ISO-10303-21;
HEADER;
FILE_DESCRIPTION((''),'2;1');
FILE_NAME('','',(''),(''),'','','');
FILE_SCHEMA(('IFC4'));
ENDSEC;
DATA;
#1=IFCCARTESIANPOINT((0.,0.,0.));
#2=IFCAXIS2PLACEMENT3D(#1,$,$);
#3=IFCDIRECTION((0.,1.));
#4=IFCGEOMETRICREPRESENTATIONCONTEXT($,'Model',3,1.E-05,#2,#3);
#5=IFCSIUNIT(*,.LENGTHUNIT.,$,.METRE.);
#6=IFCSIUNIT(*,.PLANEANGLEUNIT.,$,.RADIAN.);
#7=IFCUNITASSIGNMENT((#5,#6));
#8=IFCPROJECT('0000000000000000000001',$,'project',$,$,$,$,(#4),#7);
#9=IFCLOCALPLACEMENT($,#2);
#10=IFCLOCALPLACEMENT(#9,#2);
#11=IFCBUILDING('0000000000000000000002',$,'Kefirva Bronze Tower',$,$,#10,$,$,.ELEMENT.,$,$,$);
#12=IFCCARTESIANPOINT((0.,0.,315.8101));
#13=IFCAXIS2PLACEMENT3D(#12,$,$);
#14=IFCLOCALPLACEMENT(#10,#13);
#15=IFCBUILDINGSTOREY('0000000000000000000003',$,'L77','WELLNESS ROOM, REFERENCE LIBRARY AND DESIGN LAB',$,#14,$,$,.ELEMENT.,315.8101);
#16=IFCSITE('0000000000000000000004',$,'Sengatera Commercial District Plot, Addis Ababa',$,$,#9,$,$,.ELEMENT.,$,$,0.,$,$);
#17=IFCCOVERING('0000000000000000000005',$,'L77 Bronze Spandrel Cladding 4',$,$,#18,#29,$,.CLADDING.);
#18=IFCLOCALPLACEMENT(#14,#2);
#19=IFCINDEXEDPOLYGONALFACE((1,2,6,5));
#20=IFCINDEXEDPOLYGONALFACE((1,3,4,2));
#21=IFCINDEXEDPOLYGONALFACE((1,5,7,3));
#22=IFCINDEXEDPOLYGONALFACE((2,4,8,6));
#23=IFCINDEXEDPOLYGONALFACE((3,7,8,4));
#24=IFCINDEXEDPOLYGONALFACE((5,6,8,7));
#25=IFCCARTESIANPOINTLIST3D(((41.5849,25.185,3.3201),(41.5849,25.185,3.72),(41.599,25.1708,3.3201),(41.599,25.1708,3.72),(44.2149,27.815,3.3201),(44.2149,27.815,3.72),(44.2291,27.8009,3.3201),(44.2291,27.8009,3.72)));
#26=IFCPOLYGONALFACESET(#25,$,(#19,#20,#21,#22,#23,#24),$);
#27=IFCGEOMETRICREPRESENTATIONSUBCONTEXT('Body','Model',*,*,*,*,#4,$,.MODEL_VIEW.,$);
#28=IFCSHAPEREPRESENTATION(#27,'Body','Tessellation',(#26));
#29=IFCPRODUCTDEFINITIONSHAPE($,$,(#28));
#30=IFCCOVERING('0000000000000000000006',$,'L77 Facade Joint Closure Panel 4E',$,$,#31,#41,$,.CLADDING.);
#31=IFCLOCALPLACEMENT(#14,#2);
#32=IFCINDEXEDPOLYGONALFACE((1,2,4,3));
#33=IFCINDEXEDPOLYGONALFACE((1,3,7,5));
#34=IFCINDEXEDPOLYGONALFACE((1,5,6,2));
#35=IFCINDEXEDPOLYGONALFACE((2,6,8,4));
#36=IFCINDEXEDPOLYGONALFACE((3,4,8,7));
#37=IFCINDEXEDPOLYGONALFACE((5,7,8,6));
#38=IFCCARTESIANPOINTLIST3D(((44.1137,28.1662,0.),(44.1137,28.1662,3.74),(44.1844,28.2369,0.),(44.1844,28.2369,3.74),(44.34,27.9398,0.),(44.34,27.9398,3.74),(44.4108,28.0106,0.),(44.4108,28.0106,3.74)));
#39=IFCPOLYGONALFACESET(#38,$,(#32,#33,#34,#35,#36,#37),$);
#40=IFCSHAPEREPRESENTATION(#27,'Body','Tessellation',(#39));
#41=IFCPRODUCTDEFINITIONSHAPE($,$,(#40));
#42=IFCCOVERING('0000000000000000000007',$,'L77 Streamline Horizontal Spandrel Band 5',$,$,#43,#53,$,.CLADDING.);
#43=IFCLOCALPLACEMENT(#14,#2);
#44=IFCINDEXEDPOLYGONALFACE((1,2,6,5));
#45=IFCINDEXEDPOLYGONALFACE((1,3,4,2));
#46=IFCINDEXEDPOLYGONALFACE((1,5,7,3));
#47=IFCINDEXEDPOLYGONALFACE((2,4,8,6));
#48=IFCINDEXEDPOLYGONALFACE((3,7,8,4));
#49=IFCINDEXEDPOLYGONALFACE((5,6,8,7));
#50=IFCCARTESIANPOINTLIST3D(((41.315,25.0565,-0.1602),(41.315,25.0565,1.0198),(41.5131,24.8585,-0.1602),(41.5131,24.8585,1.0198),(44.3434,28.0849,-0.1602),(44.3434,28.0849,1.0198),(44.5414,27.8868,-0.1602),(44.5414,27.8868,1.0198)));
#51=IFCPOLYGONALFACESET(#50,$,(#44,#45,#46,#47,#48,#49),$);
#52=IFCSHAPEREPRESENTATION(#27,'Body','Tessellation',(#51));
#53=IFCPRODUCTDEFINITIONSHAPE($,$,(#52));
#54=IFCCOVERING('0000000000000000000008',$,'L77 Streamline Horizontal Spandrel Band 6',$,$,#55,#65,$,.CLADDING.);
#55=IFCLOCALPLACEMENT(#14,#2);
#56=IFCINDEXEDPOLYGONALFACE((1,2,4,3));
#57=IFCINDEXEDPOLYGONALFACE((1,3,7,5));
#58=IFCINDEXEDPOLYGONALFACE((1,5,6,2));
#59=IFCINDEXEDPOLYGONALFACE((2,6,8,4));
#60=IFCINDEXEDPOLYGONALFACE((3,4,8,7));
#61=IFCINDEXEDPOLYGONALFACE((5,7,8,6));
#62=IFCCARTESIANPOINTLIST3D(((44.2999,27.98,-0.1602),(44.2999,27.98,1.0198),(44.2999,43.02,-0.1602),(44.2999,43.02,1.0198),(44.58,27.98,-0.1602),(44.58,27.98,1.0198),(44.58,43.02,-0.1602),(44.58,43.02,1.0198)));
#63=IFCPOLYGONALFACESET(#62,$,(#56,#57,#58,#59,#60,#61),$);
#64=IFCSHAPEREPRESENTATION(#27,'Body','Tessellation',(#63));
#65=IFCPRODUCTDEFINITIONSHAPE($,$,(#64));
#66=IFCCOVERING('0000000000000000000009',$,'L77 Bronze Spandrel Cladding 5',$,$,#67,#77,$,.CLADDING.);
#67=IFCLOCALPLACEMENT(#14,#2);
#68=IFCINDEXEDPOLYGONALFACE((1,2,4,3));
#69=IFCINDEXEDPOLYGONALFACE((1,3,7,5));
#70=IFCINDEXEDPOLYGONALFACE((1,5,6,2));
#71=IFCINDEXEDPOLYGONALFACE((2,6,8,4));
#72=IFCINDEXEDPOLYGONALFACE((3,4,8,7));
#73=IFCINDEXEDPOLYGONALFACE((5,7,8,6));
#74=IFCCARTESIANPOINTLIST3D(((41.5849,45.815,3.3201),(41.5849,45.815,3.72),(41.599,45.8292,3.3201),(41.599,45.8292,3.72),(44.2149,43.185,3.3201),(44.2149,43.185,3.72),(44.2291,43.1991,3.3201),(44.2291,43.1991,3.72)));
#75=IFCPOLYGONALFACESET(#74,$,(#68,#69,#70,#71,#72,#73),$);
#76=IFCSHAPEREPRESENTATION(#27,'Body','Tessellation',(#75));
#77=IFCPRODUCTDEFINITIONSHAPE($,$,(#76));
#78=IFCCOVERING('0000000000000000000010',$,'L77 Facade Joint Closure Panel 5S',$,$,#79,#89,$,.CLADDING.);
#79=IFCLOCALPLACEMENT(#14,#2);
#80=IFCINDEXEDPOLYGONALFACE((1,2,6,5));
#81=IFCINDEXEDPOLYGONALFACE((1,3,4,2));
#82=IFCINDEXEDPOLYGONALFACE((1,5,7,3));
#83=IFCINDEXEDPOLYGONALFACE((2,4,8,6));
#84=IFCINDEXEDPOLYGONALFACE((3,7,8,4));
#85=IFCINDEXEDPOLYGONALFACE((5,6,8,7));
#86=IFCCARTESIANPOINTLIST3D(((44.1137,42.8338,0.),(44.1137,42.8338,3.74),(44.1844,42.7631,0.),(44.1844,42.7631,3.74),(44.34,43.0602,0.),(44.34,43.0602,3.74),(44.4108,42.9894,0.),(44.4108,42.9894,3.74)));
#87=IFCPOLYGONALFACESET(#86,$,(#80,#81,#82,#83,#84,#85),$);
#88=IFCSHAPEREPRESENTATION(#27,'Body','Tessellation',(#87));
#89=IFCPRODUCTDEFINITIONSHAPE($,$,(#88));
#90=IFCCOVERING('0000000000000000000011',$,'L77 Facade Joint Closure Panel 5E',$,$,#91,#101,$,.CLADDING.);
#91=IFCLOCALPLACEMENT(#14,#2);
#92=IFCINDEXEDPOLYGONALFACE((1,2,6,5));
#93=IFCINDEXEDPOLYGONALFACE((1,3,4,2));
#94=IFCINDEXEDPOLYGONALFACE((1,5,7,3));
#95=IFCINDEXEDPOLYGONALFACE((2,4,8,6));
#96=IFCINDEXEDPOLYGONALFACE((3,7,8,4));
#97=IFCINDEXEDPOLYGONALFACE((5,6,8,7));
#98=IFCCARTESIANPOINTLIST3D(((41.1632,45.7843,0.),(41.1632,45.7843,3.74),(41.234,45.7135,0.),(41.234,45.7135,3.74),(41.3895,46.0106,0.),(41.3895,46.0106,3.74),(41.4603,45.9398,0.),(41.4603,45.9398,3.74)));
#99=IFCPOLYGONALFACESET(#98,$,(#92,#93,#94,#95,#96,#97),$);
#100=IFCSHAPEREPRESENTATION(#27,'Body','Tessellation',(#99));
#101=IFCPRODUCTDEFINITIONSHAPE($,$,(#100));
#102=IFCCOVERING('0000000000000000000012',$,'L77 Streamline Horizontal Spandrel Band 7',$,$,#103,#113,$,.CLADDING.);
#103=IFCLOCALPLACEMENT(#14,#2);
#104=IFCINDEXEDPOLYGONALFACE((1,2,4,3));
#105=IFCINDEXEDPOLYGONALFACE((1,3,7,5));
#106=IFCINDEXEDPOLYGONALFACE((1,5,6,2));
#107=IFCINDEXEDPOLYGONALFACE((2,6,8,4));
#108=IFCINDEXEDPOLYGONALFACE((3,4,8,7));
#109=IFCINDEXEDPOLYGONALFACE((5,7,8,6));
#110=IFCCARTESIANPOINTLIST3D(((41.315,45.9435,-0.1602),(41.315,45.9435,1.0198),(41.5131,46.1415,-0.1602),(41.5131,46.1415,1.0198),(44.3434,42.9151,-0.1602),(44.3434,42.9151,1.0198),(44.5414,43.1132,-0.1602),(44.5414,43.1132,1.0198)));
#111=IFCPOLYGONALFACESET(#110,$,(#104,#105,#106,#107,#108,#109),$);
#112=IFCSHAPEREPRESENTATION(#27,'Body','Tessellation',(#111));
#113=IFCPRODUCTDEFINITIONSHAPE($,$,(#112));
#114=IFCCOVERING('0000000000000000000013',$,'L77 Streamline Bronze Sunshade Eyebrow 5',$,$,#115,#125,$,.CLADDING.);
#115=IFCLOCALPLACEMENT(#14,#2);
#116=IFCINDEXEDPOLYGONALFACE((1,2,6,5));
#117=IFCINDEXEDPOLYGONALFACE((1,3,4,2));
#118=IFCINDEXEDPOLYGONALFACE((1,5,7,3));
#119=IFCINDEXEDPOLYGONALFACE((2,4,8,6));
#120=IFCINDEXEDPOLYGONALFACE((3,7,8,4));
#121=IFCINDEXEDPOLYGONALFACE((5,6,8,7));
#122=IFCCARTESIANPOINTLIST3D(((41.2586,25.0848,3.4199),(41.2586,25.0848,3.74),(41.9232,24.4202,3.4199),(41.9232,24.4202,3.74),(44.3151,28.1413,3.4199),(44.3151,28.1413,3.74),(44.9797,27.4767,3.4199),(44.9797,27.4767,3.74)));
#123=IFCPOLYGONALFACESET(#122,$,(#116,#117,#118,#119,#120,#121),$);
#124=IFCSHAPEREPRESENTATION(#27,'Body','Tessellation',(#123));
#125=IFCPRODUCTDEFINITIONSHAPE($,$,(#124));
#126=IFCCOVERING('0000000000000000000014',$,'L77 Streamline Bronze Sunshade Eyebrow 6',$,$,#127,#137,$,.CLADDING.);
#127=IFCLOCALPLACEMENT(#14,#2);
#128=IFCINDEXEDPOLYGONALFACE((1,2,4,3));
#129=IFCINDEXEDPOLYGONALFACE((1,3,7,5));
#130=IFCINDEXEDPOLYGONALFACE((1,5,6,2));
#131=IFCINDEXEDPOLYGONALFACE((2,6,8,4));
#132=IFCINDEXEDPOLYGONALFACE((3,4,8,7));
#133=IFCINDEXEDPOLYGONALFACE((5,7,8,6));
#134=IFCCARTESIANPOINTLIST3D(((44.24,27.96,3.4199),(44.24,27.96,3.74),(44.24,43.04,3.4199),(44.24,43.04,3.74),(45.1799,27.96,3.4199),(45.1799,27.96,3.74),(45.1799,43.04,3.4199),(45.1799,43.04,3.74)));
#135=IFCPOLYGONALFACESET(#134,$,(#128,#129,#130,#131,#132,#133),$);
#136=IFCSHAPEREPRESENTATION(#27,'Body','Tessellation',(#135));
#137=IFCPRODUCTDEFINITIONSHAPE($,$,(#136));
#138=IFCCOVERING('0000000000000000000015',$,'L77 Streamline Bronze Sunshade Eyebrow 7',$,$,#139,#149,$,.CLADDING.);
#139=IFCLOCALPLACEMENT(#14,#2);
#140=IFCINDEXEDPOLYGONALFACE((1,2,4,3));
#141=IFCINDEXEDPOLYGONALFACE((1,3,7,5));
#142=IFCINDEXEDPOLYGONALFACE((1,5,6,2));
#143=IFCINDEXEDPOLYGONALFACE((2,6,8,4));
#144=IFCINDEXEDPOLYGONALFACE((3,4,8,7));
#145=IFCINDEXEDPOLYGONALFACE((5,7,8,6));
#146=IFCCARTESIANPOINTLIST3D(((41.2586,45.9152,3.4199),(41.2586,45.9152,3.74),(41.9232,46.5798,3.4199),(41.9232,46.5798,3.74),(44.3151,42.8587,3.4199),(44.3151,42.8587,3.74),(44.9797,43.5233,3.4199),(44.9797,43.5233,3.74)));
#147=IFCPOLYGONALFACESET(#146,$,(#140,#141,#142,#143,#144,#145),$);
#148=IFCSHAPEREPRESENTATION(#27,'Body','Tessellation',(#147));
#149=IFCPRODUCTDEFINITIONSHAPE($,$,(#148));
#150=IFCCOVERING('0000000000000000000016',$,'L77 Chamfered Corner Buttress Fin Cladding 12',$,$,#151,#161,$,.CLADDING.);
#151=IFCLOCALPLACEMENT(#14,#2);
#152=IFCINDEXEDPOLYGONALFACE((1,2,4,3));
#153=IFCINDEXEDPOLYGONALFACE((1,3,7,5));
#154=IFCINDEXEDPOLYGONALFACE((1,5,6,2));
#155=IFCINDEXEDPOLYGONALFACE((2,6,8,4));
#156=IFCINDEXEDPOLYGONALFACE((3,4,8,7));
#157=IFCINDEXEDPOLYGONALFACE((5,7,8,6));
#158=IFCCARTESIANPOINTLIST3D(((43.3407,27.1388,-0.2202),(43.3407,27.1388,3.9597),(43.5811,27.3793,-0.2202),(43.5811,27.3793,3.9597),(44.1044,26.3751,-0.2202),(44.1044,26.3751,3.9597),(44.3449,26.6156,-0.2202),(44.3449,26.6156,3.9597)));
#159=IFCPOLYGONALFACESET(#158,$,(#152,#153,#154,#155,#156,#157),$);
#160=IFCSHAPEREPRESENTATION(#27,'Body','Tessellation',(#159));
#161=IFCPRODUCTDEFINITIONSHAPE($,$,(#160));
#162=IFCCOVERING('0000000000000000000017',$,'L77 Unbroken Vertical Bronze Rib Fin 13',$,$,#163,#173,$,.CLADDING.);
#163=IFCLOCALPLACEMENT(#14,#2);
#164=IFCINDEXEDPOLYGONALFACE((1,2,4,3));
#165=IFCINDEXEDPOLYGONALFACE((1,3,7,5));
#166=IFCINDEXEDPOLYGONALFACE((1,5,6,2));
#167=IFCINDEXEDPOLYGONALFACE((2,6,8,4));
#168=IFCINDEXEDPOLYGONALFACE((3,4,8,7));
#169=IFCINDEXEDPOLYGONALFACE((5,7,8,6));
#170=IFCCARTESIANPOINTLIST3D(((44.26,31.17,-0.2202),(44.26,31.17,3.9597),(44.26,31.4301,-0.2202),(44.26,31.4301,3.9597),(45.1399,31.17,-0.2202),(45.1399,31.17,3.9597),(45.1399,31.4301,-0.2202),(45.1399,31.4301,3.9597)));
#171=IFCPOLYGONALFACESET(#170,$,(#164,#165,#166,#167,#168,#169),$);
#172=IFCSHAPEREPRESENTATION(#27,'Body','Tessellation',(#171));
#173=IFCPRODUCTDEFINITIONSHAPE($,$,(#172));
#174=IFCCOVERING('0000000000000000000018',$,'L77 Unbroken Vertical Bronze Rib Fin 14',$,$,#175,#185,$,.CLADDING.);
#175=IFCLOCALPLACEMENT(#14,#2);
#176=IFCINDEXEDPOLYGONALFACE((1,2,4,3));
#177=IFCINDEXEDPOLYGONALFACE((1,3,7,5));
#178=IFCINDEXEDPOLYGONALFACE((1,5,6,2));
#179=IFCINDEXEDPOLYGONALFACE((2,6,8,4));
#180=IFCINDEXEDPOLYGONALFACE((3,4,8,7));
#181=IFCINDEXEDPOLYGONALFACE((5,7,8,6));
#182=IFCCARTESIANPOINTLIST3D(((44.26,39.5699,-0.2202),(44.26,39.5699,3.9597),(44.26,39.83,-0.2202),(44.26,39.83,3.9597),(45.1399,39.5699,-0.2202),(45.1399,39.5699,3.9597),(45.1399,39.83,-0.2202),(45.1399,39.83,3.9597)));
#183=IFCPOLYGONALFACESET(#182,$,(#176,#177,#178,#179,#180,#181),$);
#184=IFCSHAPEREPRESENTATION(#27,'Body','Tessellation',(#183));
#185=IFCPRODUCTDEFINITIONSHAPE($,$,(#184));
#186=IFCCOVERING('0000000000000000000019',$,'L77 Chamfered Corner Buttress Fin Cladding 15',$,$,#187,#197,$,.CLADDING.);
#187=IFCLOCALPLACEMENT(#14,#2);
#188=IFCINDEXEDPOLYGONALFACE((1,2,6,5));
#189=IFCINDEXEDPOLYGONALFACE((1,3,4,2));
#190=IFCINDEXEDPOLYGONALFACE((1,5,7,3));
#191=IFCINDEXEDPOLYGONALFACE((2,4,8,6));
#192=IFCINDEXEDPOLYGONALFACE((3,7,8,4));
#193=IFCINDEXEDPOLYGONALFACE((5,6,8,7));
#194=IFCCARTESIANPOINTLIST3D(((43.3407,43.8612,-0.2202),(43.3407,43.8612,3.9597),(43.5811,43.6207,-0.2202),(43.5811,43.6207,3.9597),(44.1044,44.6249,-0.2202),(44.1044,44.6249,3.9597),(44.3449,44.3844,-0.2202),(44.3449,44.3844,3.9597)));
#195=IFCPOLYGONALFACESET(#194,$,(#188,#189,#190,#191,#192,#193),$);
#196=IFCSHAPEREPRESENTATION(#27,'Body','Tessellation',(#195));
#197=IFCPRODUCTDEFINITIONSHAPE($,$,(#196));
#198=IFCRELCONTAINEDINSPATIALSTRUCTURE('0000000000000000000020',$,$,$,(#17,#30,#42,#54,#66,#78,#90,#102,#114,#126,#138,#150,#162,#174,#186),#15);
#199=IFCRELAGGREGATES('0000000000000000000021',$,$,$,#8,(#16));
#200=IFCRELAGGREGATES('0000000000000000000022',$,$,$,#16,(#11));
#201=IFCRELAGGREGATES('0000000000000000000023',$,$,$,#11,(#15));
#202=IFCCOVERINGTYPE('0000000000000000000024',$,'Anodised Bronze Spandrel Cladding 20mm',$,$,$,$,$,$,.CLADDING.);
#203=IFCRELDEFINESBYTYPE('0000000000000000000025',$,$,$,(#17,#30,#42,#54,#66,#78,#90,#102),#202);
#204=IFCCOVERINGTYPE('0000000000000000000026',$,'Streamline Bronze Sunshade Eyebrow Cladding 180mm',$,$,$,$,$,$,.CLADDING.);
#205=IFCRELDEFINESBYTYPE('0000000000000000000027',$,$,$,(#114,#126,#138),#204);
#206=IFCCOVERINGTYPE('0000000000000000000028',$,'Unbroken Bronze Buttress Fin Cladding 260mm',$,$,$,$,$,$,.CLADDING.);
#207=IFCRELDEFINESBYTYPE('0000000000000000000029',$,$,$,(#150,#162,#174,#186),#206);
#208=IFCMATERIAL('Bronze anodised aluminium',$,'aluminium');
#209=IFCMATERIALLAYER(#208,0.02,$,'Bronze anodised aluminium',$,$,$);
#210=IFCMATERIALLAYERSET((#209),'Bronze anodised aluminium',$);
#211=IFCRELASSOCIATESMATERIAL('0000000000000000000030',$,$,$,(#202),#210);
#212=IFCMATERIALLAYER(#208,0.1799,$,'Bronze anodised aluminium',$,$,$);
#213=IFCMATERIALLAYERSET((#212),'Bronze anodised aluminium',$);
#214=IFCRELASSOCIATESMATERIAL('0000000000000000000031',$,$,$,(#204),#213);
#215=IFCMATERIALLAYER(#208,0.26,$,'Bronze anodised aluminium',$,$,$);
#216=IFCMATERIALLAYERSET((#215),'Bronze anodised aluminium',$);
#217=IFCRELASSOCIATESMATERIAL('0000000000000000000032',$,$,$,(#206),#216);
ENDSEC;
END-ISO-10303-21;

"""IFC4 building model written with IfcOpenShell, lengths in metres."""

from ifc_helpers import new_model, si_unit, direction, frame, origin, origin_2d, place, context, subcontext, project, spatial, rectangle, extrude, material, layer, layer_set, type_object, element, save


model = new_model("IFC4")

# Units and contexts
model_context = context("Model", 3, precision=1e-05, world=origin(), true_north=direction((0.0, 1.0)))
body_context = subcontext(model_context, "Body", "Model", "MODEL_VIEW")
ifc_project = project(units=[si_unit("LENGTHUNIT", "METRE"), si_unit("PLANEANGLEUNIT", "RADIAN")], contexts=[model_context])

# Site, building, storey
site_placement = place(None, origin())
site = spatial("IfcSite", under=ifc_project, at=site_placement, Name="Sengatera Commercial District Plot, Addis Ababa", CompositionType="ELEMENT", RefElevation=0.0)
building_placement = place(site_placement, origin())
building = spatial("IfcBuilding", under=site, at=building_placement, Name="Kefirva Bronze Tower", CompositionType="ELEMENT")
storey_placement = place(building_placement, frame((0.0, 0.0, 315.8101)))
storey = spatial("IfcBuildingStorey", under=building, at=storey_placement, Name="L77", Description="WELLNESS ROOM, REFERENCE LIBRARY AND DESIGN LAB", CompositionType="ELEMENT", Elevation=315.8101)

# Shared definitions
ifc_material_1 = material(Name="Bronze anodised aluminium", Category="aluminium")

# Coverings
ifc_layer_1 = layer(ifc_material_1, 0.02, Name="Bronze anodised aluminium")
ifc_layer_set_1 = layer_set([ifc_layer_1], Name="Bronze anodised aluminium")
covering_type_1 = type_object("IfcCoveringType", Name="Anodised Bronze Spandrel Cladding 20mm", PredefinedType="CLADDING", material=ifc_layer_set_1)
covering_1_placement = place(storey_placement, frame((42.907, 26.4929, 3.3201), z_axis=(0.0, 0.0, 1.0), x_axis=(0.707107, 0.707107, 0.0)))
element("IfcCovering", 1, at=covering_1_placement, inside=storey, type_object=covering_type_1, Name="L77 Bronze Spandrel Cladding 4", PredefinedType="CLADDING", context=body_context, shape_type="SweptSolid", body=[
    extrude(rectangle(XDim=3.7195, YDim=0.02, at=origin_2d()), origin(), (0.0, 0.0, 1.0), 0.3999),
])
covering_2_placement = place(storey_placement, frame((44.2622, 28.0884, 0.0), z_axis=(0.0, 0.0, 1.0), x_axis=(0.707107, 0.707107, 0.0)))
element("IfcCovering", 2, at=covering_2_placement, inside=storey, type_object=covering_type_1, Name="L77 Facade Joint Closure Panel 4E", PredefinedType="CLADDING", context=body_context, shape_type="SweptSolid", body=[
    extrude(rectangle(XDim=0.1001, YDim=0.3201, at=origin_2d()), origin(), (0.0, 0.0, 1.0), 3.74),
])
covering_3_placement = place(storey_placement, frame((42.9282, 26.4717, -0.1602), z_axis=(0.0, 0.0, 1.0), x_axis=(0.707107, 0.707107, 0.0)))
element("IfcCovering", 3, at=covering_3_placement, inside=storey, type_object=covering_type_1, Name="L77 Streamline Horizontal Spandrel Band 5", PredefinedType="CLADDING", context=body_context, shape_type="SweptSolid", body=[
    extrude(rectangle(XDim=4.2827, YDim=0.28, at=origin_2d()), origin(), (0.0, 0.0, 1.0), 1.1799),
])
covering_4_placement = place(storey_placement, frame((44.4399, 35.5, -0.1602), z_axis=(0.0, 0.0, 1.0), x_axis=(0.0, 1.0, 0.0)))
element("IfcCovering", 4, at=covering_4_placement, inside=storey, type_object=covering_type_1, Name="L77 Streamline Horizontal Spandrel Band 6", PredefinedType="CLADDING", context=body_context, shape_type="SweptSolid", body=[
    extrude(rectangle(XDim=15.04, YDim=0.28, at=origin_2d()), origin(), (0.0, 0.0, 1.0), 1.1799),
])
covering_5_placement = place(storey_placement, frame((42.907, 44.5071, 3.3201), z_axis=(0.0, 0.0, 1.0), x_axis=(-0.707107, 0.707107, 0.0)))
element("IfcCovering", 5, at=covering_5_placement, inside=storey, type_object=covering_type_1, Name="L77 Bronze Spandrel Cladding 5", PredefinedType="CLADDING", context=body_context, shape_type="SweptSolid", body=[
    extrude(rectangle(XDim=3.7195, YDim=0.02, at=origin_2d()), origin(), (0.0, 0.0, 1.0), 0.3999),
])
for number, where, z_axis, x_axis, name in (
    (6, (44.2622, 42.9116, 0.0), (0.0, 0.0, 1.0), (-0.707107, 0.707107, 0.0), "L77 Facade Joint Closure Panel 5S"),
    (7, (41.3118, 45.8621, 0.0), (0.0, 0.0, 1.0), (-0.707107, 0.707107, 0.0), "L77 Facade Joint Closure Panel 5E"),
):
    element("IfcCovering", number, at=place(storey_placement, frame(where, z_axis=z_axis, x_axis=x_axis)), inside=storey, type_object=covering_type_1, Name=name, PredefinedType="CLADDING", context=body_context, shape_type="SweptSolid", body=[
        extrude(rectangle(XDim=0.1001, YDim=0.3201, at=origin_2d()), origin(), (0.0, 0.0, 1.0), 3.74),
    ])
covering_6_placement = place(storey_placement, frame((42.9282, 44.5283, -0.1602), z_axis=(0.0, 0.0, 1.0), x_axis=(-0.707107, 0.707107, 0.0)))
element("IfcCovering", 8, at=covering_6_placement, inside=storey, type_object=covering_type_1, Name="L77 Streamline Horizontal Spandrel Band 7", PredefinedType="CLADDING", context=body_context, shape_type="SweptSolid", body=[
    extrude(rectangle(XDim=4.2827, YDim=0.28, at=origin_2d()), origin(), (0.0, 0.0, 1.0), 1.1799),
])
ifc_layer_2 = layer(ifc_material_1, 0.1799, Name="Bronze anodised aluminium")
ifc_layer_set_2 = layer_set([ifc_layer_2], Name="Bronze anodised aluminium")
covering_type_2 = type_object("IfcCoveringType", Name="Streamline Bronze Sunshade Eyebrow Cladding 180mm", PredefinedType="CLADDING", material=ifc_layer_set_2)
covering_7_placement = place(storey_placement, frame((43.1191, 26.2808, 3.4199), z_axis=(0.0, 0.0, 1.0), x_axis=(0.707107, 0.707107, 0.0)))
element("IfcCovering", 9, at=covering_7_placement, inside=storey, type_object=covering_type_2, Name="L77 Streamline Bronze Sunshade Eyebrow 5", PredefinedType="CLADDING", context=body_context, shape_type="SweptSolid", body=[
    extrude(rectangle(XDim=4.3225, YDim=0.9399, at=origin_2d()), origin(), (0.0, 0.0, 1.0), 0.3201),
])
covering_8_placement = place(storey_placement, frame((44.71, 35.5, 3.4199), z_axis=(0.0, 0.0, 1.0), x_axis=(0.0, 1.0, 0.0)))
element("IfcCovering", 10, at=covering_8_placement, inside=storey, type_object=covering_type_2, Name="L77 Streamline Bronze Sunshade Eyebrow 6", PredefinedType="CLADDING", context=body_context, shape_type="SweptSolid", body=[
    extrude(rectangle(XDim=15.0801, YDim=0.9399, at=origin_2d()), origin(), (0.0, 0.0, 1.0), 0.3201),
])
covering_9_placement = place(storey_placement, frame((43.1191, 44.7192, 3.4199), z_axis=(0.0, 0.0, 1.0), x_axis=(-0.707107, 0.707107, 0.0)))
element("IfcCovering", 11, at=covering_9_placement, inside=storey, type_object=covering_type_2, Name="L77 Streamline Bronze Sunshade Eyebrow 7", PredefinedType="CLADDING", context=body_context, shape_type="SweptSolid", body=[
    extrude(rectangle(XDim=4.3225, YDim=0.9399, at=origin_2d()), origin(), (0.0, 0.0, 1.0), 0.3201),
])
ifc_layer_3 = layer(ifc_material_1, 0.26, Name="Bronze anodised aluminium")
ifc_layer_set_3 = layer_set([ifc_layer_3], Name="Bronze anodised aluminium")
covering_type_3 = type_object("IfcCoveringType", Name="Unbroken Bronze Buttress Fin Cladding 260mm", PredefinedType="CLADDING", material=ifc_layer_set_3)
covering_10_placement = place(storey_placement, frame((43.8428, 26.8772, -0.2202), z_axis=(0.0, 0.0, 1.0), x_axis=(0.707107, 0.707107, 0.0)))
element("IfcCovering", 12, at=covering_10_placement, inside=storey, type_object=covering_type_3, Name="L77 Chamfered Corner Buttress Fin Cladding 12", PredefinedType="CLADDING", context=body_context, shape_type="SweptSolid", body=[
    extrude(rectangle(XDim=0.3401, YDim=1.0801, at=origin_2d()), origin(), (0.0, 0.0, 1.0), 4.1799),
])
for number, where, z_axis, x_axis, name in (
    (13, (44.7, 31.3, -0.2202), (0.0, 0.0, 1.0), (0.0, 1.0, 0.0), "L77 Unbroken Vertical Bronze Rib Fin 13"),
    (14, (44.7, 39.7, -0.2202), (0.0, 0.0, 1.0), (0.0, 1.0, 0.0), "L77 Unbroken Vertical Bronze Rib Fin 14"),
):
    element("IfcCovering", number, at=place(storey_placement, frame(where, z_axis=z_axis, x_axis=x_axis)), inside=storey, type_object=covering_type_3, Name=name, PredefinedType="CLADDING", context=body_context, shape_type="SweptSolid", body=[
        extrude(rectangle(XDim=0.26, YDim=0.8799, at=origin_2d()), origin(), (0.0, 0.0, 1.0), 4.1799),
    ])
for number, where, z_axis, x_axis, name in (
    (15, (43.8428, 44.1228, -0.2202), (0.0, 0.0, 1.0), (-0.707107, 0.707107, 0.0), "L77 Chamfered Corner Buttress Fin Cladding 15"),
):
    element("IfcCovering", number, at=place(storey_placement, frame(where, z_axis=z_axis, x_axis=x_axis)), inside=storey, type_object=covering_type_3, Name=name, PredefinedType="CLADDING", context=body_context, shape_type="SweptSolid", body=[
        extrude(rectangle(XDim=0.3401, YDim=1.0801, at=origin_2d()), origin(), (0.0, 0.0, 1.0), 4.1799),
    ])

save(model, "model.ifc")
